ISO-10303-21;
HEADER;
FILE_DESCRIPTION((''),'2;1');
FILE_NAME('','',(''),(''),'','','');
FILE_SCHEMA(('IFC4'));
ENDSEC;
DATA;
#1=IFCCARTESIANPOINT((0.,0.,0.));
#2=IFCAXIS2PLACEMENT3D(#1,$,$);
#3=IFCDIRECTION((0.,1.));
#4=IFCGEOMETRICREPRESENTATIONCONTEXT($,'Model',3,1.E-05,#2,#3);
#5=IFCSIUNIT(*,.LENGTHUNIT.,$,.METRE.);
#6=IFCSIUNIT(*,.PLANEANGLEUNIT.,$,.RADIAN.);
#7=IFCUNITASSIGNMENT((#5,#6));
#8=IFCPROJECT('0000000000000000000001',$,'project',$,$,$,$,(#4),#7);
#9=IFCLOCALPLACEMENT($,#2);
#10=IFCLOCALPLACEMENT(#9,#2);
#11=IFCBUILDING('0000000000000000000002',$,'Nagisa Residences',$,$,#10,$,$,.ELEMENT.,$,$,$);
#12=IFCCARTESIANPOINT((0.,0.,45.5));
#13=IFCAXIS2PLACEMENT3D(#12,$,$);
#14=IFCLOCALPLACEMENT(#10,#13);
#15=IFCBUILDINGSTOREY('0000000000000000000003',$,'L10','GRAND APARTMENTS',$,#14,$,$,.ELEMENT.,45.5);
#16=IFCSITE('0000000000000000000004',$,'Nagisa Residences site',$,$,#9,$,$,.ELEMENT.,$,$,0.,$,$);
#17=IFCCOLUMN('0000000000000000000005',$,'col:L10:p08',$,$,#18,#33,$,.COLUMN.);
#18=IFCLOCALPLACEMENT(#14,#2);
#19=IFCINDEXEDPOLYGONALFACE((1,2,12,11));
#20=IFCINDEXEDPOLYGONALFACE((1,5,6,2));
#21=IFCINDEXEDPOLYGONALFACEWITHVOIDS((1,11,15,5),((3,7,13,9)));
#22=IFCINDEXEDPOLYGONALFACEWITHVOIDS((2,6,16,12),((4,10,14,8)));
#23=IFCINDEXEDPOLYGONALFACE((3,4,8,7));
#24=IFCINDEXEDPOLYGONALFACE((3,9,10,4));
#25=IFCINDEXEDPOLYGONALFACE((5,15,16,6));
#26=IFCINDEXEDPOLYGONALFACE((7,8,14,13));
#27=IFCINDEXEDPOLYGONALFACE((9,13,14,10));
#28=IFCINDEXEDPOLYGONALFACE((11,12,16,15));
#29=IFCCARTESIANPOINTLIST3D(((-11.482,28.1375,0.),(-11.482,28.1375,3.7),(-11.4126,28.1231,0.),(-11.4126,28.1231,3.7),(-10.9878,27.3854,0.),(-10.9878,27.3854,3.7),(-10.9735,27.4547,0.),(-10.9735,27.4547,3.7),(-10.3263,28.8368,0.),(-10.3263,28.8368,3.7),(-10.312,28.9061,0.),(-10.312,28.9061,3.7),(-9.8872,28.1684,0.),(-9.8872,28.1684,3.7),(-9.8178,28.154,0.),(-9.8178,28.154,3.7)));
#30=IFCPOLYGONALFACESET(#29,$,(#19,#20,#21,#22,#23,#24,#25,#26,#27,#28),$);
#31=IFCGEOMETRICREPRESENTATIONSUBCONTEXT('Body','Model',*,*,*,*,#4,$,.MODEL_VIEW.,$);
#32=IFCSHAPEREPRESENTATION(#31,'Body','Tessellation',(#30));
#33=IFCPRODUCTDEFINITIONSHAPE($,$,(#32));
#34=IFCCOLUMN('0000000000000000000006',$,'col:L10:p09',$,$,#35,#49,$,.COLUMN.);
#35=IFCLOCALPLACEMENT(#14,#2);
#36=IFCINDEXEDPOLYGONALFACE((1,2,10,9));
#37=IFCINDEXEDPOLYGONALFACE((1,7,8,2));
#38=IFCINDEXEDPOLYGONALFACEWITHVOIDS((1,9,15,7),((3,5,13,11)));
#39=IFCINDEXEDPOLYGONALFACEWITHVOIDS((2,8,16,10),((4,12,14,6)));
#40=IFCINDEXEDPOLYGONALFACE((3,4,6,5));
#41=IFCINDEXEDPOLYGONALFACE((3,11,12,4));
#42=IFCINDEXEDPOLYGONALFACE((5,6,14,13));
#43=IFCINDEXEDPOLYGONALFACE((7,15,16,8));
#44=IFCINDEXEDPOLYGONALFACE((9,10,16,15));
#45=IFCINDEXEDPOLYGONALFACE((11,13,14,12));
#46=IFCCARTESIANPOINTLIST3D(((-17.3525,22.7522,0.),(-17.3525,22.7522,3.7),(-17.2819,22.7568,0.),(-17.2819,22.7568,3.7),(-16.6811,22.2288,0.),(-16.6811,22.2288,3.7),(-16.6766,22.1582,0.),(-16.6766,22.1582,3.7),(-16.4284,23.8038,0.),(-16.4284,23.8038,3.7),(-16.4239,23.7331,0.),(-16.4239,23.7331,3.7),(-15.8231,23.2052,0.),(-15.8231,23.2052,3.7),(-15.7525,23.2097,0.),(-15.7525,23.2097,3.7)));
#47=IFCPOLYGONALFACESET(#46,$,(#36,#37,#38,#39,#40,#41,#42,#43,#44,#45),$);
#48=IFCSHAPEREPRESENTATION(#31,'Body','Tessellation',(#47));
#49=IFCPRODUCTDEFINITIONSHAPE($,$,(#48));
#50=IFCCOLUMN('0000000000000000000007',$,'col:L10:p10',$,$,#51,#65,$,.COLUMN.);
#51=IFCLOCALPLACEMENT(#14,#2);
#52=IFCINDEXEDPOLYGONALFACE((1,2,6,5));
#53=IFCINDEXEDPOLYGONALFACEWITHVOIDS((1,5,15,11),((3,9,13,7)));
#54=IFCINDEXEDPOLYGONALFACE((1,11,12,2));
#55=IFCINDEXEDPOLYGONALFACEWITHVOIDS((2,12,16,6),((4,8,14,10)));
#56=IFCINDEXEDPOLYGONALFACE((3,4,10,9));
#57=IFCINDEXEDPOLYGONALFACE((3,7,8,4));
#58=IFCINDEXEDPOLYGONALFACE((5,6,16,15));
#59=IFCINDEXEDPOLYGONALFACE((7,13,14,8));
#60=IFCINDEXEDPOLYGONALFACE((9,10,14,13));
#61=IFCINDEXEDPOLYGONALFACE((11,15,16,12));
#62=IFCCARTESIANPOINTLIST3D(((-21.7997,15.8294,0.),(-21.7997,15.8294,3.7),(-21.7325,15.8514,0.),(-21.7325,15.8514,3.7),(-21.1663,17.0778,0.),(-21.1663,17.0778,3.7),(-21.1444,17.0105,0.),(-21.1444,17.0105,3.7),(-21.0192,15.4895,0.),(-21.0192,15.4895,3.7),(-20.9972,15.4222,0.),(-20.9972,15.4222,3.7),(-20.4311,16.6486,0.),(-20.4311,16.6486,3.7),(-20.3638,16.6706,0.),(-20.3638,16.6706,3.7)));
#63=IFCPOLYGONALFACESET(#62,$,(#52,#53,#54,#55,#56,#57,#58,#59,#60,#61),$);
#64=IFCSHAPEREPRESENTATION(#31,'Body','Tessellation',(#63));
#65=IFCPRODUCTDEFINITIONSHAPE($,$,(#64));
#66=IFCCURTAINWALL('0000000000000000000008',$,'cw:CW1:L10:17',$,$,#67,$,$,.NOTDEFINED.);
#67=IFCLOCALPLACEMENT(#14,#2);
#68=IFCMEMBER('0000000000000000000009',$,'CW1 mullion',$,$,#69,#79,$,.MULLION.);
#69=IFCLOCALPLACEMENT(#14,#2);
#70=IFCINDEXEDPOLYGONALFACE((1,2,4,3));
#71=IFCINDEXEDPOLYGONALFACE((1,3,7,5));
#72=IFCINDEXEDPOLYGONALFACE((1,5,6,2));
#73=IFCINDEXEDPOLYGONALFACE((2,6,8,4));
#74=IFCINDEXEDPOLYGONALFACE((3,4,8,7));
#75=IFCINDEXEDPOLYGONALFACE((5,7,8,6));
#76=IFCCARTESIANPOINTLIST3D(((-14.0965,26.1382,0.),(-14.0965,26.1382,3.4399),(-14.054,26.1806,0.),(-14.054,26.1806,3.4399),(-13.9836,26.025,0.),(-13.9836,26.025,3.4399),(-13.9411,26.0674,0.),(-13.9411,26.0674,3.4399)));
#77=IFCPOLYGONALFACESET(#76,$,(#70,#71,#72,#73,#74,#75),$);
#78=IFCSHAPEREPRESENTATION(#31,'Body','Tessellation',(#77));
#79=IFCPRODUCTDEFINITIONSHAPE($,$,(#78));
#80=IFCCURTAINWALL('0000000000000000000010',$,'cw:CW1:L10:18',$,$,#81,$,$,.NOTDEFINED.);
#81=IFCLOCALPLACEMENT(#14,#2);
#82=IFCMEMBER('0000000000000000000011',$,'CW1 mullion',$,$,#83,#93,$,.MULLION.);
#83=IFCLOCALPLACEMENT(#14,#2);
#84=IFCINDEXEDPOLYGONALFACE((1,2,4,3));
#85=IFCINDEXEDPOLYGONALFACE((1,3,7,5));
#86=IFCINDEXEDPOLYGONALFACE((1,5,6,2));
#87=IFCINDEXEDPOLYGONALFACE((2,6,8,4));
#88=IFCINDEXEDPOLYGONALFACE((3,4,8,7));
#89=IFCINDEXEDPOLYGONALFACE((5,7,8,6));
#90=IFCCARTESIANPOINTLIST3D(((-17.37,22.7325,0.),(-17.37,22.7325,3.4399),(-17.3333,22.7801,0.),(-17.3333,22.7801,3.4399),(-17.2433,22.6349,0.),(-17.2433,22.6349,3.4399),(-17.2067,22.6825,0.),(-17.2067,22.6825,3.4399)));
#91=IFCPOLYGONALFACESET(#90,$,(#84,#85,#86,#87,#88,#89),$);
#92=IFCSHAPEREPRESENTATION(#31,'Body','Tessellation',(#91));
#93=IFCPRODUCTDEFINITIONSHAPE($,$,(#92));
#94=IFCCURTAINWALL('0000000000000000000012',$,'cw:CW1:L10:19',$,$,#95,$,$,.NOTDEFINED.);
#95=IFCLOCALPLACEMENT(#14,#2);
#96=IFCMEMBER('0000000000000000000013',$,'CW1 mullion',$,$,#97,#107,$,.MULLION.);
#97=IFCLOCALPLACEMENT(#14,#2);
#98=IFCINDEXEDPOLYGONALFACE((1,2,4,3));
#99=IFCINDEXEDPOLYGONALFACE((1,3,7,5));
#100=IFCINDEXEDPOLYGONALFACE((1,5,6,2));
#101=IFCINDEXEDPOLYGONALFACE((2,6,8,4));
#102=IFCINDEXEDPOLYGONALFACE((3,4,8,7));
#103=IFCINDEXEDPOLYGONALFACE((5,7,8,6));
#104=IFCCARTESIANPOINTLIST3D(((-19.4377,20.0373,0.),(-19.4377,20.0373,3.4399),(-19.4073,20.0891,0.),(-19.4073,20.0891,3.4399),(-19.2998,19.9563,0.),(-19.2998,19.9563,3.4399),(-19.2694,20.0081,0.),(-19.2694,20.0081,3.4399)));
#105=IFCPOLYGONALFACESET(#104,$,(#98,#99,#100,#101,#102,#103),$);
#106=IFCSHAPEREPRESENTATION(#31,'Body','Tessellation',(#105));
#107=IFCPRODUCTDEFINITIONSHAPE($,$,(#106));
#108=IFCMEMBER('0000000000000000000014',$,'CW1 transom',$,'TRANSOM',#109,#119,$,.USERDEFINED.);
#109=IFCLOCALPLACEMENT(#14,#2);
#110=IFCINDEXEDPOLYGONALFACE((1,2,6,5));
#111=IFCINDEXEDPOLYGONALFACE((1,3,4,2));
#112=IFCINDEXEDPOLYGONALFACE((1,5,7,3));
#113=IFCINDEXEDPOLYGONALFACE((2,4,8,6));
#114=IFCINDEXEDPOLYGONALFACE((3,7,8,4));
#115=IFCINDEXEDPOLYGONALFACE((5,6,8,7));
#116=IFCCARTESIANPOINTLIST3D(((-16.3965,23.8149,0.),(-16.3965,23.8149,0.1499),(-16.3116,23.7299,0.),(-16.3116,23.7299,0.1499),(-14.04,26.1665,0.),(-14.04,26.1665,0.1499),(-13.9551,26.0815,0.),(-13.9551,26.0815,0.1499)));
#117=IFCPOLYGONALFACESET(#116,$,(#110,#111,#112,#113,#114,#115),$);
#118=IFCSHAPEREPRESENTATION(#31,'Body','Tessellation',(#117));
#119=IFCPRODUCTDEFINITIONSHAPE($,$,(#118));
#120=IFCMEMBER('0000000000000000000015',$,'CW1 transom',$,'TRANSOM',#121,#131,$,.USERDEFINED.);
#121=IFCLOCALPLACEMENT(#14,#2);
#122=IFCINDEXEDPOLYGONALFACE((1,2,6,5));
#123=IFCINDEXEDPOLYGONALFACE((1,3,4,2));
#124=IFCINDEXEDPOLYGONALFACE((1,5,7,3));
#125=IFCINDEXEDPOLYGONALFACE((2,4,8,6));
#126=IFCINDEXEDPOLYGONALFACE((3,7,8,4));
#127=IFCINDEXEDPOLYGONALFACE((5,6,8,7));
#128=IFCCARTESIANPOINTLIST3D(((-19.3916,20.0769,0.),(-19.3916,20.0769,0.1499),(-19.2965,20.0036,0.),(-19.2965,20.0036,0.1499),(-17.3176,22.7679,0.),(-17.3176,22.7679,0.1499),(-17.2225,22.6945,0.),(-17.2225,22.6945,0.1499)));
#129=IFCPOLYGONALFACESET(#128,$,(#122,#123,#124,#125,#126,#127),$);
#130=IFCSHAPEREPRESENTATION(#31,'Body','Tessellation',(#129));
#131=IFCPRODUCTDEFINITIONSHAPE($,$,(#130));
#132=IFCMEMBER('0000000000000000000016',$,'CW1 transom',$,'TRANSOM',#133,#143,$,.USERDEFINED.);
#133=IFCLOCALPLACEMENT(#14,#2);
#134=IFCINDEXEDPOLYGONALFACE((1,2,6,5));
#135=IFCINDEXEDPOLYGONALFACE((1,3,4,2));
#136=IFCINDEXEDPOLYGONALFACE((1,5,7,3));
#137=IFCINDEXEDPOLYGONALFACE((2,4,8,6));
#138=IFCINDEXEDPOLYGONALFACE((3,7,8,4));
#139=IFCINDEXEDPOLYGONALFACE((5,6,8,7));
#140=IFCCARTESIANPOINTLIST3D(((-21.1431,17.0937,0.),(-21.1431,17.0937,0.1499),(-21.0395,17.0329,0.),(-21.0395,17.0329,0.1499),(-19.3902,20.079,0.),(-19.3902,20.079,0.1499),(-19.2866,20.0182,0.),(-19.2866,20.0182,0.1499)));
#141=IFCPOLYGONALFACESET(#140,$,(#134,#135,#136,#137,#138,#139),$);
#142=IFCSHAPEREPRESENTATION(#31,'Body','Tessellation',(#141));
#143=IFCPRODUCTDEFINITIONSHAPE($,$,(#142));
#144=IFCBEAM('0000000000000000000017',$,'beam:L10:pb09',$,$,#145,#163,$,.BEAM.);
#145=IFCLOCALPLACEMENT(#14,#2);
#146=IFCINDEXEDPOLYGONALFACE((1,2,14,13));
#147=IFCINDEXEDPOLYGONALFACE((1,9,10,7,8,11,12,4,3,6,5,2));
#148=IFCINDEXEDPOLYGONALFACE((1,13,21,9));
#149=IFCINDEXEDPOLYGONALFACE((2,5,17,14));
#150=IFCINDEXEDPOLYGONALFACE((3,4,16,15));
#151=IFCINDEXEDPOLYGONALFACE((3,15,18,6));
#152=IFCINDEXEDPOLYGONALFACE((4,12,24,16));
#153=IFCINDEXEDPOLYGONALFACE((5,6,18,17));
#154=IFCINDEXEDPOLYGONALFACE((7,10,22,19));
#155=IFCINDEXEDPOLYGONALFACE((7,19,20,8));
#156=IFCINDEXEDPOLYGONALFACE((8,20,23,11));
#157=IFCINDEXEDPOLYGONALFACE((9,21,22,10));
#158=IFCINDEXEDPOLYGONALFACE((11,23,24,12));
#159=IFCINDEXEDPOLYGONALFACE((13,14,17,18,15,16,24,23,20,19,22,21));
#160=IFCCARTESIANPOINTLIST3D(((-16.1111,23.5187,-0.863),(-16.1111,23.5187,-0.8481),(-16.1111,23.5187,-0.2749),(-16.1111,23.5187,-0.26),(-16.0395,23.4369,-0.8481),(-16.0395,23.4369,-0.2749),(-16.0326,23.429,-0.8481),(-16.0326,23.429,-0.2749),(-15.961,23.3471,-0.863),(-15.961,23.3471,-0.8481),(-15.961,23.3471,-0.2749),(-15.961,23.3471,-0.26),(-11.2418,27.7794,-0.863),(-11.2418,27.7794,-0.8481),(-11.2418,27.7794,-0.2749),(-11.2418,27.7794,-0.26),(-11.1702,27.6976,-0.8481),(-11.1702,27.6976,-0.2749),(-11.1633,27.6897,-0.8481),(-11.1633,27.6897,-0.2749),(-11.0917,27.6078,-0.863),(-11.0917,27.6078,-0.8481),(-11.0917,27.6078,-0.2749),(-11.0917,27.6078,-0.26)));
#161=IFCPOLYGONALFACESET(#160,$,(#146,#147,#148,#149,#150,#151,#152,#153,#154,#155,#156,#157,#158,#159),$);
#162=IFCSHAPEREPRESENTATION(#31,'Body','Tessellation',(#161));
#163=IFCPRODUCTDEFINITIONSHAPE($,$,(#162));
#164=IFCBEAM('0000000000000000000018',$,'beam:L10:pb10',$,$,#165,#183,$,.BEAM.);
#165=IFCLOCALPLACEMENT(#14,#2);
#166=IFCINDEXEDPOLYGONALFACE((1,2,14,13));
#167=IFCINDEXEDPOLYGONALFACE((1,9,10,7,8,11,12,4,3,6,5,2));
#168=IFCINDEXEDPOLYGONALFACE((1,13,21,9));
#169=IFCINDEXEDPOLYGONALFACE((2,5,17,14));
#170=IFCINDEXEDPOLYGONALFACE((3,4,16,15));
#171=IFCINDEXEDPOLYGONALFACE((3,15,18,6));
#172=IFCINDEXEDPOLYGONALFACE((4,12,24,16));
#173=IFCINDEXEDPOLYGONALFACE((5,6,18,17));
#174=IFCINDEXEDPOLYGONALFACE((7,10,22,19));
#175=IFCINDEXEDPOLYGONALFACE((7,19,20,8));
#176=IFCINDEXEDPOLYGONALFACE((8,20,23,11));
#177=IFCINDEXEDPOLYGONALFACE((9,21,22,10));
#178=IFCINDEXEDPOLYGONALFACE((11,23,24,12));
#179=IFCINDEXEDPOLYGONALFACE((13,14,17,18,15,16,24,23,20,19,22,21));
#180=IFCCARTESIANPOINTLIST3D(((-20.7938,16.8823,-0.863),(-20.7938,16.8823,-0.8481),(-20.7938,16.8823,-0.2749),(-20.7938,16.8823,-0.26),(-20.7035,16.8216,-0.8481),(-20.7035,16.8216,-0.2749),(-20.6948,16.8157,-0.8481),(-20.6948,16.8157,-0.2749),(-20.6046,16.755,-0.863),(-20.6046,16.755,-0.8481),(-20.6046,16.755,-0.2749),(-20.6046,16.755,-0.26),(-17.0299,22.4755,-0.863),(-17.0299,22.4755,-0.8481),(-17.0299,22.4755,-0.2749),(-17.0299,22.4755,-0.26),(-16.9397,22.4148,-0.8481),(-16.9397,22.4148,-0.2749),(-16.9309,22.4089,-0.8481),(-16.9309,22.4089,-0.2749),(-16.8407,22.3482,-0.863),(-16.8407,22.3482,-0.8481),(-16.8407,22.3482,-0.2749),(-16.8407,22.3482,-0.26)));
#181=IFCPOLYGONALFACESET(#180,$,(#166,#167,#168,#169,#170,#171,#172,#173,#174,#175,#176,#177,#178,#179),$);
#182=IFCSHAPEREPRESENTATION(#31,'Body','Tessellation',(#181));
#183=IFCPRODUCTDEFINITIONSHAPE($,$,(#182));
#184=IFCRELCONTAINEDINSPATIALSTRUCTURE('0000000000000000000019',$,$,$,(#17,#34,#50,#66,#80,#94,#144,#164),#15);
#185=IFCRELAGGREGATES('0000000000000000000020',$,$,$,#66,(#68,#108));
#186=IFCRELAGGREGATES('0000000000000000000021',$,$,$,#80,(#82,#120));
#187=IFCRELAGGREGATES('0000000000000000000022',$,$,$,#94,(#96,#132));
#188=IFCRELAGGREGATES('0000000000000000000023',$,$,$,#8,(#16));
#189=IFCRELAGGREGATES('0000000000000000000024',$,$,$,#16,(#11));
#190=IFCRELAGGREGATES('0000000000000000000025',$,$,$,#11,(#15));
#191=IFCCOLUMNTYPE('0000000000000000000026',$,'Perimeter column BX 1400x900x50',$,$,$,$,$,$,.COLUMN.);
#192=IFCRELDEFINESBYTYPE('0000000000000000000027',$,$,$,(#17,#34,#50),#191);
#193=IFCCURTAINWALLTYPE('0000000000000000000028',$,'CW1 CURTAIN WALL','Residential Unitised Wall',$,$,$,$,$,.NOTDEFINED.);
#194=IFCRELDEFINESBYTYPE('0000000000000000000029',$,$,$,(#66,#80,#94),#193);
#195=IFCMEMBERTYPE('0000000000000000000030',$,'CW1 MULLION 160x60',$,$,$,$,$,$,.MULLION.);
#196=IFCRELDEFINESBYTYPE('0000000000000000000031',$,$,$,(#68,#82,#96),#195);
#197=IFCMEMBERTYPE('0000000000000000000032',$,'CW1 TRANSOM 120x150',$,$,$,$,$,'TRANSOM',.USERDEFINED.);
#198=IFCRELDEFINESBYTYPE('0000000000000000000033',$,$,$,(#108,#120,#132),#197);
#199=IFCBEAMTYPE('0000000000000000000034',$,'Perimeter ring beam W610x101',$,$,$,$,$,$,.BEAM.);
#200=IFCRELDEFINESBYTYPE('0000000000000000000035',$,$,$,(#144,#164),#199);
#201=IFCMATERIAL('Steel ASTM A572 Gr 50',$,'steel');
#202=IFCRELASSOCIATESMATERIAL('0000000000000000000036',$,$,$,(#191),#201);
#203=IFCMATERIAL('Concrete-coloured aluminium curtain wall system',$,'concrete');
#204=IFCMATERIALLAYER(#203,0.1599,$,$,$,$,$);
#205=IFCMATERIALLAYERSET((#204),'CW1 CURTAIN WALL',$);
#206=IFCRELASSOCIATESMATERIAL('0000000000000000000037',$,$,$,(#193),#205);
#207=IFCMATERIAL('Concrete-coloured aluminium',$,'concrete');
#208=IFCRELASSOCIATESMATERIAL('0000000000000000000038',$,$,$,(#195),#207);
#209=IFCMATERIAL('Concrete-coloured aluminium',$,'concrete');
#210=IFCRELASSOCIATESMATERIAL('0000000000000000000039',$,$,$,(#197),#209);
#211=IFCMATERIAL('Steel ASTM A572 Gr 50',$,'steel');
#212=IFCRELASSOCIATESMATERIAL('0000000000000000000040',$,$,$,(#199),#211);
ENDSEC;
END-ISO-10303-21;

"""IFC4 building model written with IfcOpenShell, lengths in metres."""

from ifc_helpers import new_model, si_unit, direction, frame, origin, origin_2d, place, context, subcontext, project, spatial, rectangle, hollow_rectangle, i_section, extrude, material, layer, layer_set, material_profile, profile_set, type_object, element, aggregate, save


model = new_model("IFC4")

# Units and contexts
model_context = context("Model", 3, precision=1e-05, world=origin(), true_north=direction((0.0, 1.0)))
body_context = subcontext(model_context, "Body", "Model", "MODEL_VIEW")
ifc_project = project(units=[si_unit("LENGTHUNIT", "METRE"), si_unit("PLANEANGLEUNIT", "RADIAN")], contexts=[model_context])

# Site, building, storey
site_placement = place(None, origin())
site = spatial("IfcSite", under=ifc_project, at=site_placement, Name="Nagisa Residences site", CompositionType="ELEMENT", RefElevation=0.0)
building_placement = place(site_placement, origin())
building = spatial("IfcBuilding", under=site, at=building_placement, Name="Nagisa Residences", CompositionType="ELEMENT")
storey_placement = place(building_placement, frame((0.0, 0.0, 45.5)))
storey = spatial("IfcBuildingStorey", under=building, at=storey_placement, Name="L10", Description="GRAND APARTMENTS", CompositionType="ELEMENT", Elevation=45.5)

# Columns
ifc_material_1 = material(Name="Steel ASTM A572 Gr 50", Category="steel")
ifc_material_profile_1 = material_profile(ifc_material_1, hollow_rectangle(XDim=1.3999, YDim=0.8999, WallThickness=0.05, at=origin_2d()), Name="BX 1400x900x50")
ifc_profile_set_1 = profile_set([ifc_material_profile_1], Name="Steel ASTM A572 Gr 50")
column_type = type_object("IfcColumnType", Name="Perimeter column BX 1400x900x50", PredefinedType="COLUMN", material=ifc_profile_set_1)
for number, where, z_axis, x_axis, name in (
    (1, (-10.6499, 28.1458, 0.0), (0.0, 0.0, 1.0), (-0.835766, -0.549086, 0.0), "col:L10:p08"),
    (2, (-16.5525, 22.981, 0.0), (0.0, 0.0, 1.0), (-0.660115, -0.751165, 0.0), "col:L10:p09"),
    (3, (-21.0818, 16.25, 0.0), (0.0, 0.0, 1.0), (-0.452463, -0.891783, 0.0), "col:L10:p10"),
):
    element("IfcColumn", number, at=place(storey_placement, frame(where, z_axis=z_axis, x_axis=x_axis)), inside=storey, type_object=column_type, Name=name, PredefinedType="COLUMN", context=body_context, shape_type="SweptSolid", body=[
        extrude(hollow_rectangle(XDim=1.3999, YDim=0.8999, WallThickness=0.05, at=origin_2d()), origin(), (0.0, 0.0, 1.0), 3.7),
    ])

# Curtain walls, members
ifc_material_2 = material(Name="Concrete-coloured aluminium curtain wall system", Category="concrete")
ifc_layer_1 = layer(ifc_material_2, 0.1599)
ifc_layer_set_1 = layer_set([ifc_layer_1], Name="CW1 CURTAIN WALL")
curtain_wall_type = type_object("IfcCurtainWallType", Name="CW1 CURTAIN WALL", Description="Residential Unitised Wall", PredefinedType="NOTDEFINED", material=ifc_layer_set_1)
curtain_wall_1_placement = place(storey_placement, origin())
curtain_wall_1 = element("IfcCurtainWall", 4, at=curtain_wall_1_placement, inside=storey, type_object=curtain_wall_type, Name="cw:CW1:L10:17", PredefinedType="NOTDEFINED")
ifc_material_3 = material(Name="Concrete-coloured aluminium", Category="concrete")
ifc_material_profile_2 = material_profile(ifc_material_3, rectangle(XDim=0.1599, YDim=0.0601, at=origin_2d()), Name="CW1 MULLION 160x60")
ifc_profile_set_2 = profile_set([ifc_material_profile_2], Name="Concrete-coloured aluminium")
member_type_1 = type_object("IfcMemberType", Name="CW1 MULLION 160x60", PredefinedType="MULLION", material=ifc_profile_set_2)
member_1_placement = place(storey_placement, frame((-14.0188, 26.1028, 0.0), z_axis=(0.0, 0.0, 1.0), x_axis=(0.706377, -0.707836, 0.0)))
member_1 = element("IfcMember", 5, at=member_1_placement, type_object=member_type_1, Name="CW1 mullion", PredefinedType="MULLION", context=body_context, shape_type="SweptSolid", body=[
    extrude(rectangle(XDim=0.1599, YDim=0.0601, at=origin_2d()), origin(), (0.0, 0.0, 1.0), 3.4399),
])
curtain_wall_2_placement = place(storey_placement, origin())
curtain_wall_2 = element("IfcCurtainWall", 6, at=curtain_wall_2_placement, inside=storey, type_object=curtain_wall_type, Name="cw:CW1:L10:18", PredefinedType="NOTDEFINED")
member_2_placement = place(storey_placement, frame((-17.2883, 22.7075, 0.0), z_axis=(0.0, 0.0, 1.0), x_axis=(0.79207, -0.61043, 0.0)))
member_2 = element("IfcMember", 7, at=member_2_placement, type_object=member_type_1, Name="CW1 mullion", PredefinedType="MULLION", context=body_context, shape_type="SweptSolid", body=[
    extrude(rectangle(XDim=0.1599, YDim=0.0601, at=origin_2d()), origin(), (0.0, 0.0, 1.0), 3.4399),
])
curtain_wall_3_placement = place(storey_placement, origin())
curtain_wall_3 = element("IfcCurtainWall", 8, at=curtain_wall_3_placement, inside=storey, type_object=curtain_wall_type, Name="cw:CW1:L10:19", PredefinedType="NOTDEFINED")
member_3_placement = place(storey_placement, frame((-19.3535, 20.0227, 0.0), z_axis=(0.0, 0.0, 1.0), x_axis=(0.862329, -0.506349, 0.0)))
member_3 = element("IfcMember", 9, at=member_3_placement, type_object=member_type_1, Name="CW1 mullion", PredefinedType="MULLION", context=body_context, shape_type="SweptSolid", body=[
    extrude(rectangle(XDim=0.1599, YDim=0.0601, at=origin_2d()), origin(), (0.0, 0.0, 1.0), 3.4399),
])

# Members
ifc_material_4 = material(Name="Concrete-coloured aluminium", Category="concrete")
ifc_material_profile_3 = material_profile(ifc_material_4, rectangle(XDim=0.1201, YDim=0.1499, at=origin_2d()), Name="CW1 TRANSOM 120x150")
ifc_profile_set_3 = profile_set([ifc_material_profile_3], Name="Concrete-coloured aluminium")
member_type_2 = type_object("IfcMemberType", Name="CW1 TRANSOM 120x150", ElementType="TRANSOM", PredefinedType="USERDEFINED", material=ifc_profile_set_3)
member_4_placement = place(storey_placement, frame((-13.9976, 26.124, 0.075), z_axis=(-0.70784, -0.706373, 0.0), x_axis=(0.706373, -0.70784, 0.0)))
member_4 = element("IfcMember", 10, at=member_4_placement, type_object=member_type_2, Name="CW1 transom", ObjectType="TRANSOM", PredefinedType="USERDEFINED", context=body_context, shape_type="SweptSolid", body=[
    extrude(rectangle(XDim=0.1201, YDim=0.1499, at=origin_2d()), origin(), (0.0, 0.0, 1.0), 3.3291),
])
member_5_placement = place(storey_placement, frame((-17.27, 22.7312, 0.075), z_axis=(-0.610457, -0.792049, 0.0), x_axis=(0.792049, -0.610457, 0.0)))
member_5 = element("IfcMember", 11, at=member_5_placement, type_object=member_type_2, Name="CW1 transom", ObjectType="TRANSOM", PredefinedType="USERDEFINED", context=body_context, shape_type="SweptSolid", body=[
    extrude(rectangle(XDim=0.1201, YDim=0.1499, at=origin_2d()), origin(), (0.0, 0.0, 1.0), 3.3975),
])
member_6_placement = place(storey_placement, frame((-19.3384, 20.0486, 0.075), z_axis=(-0.506342, -0.862333, 0.0), x_axis=(0.862333, -0.506342, 0.0)))
member_6 = element("IfcMember", 12, at=member_6_placement, type_object=member_type_2, Name="CW1 transom", ObjectType="TRANSOM", PredefinedType="USERDEFINED", context=body_context, shape_type="SweptSolid", body=[
    extrude(rectangle(XDim=0.1201, YDim=0.1499, at=origin_2d()), origin(), (0.0, 0.0, 1.0), 3.4619),
])

# Beams
ifc_material_5 = material(Name="Steel ASTM A572 Gr 50", Category="steel")
ifc_material_profile_4 = material_profile(ifc_material_5, i_section(OverallWidth=0.228, OverallDepth=0.603, WebThickness=0.0105, FlangeThickness=0.0149, at=origin_2d()), Name="W610x101")
ifc_profile_set_4 = profile_set([ifc_material_profile_4], Name="Steel ASTM A572 Gr 50")
beam_type_1 = type_object("IfcBeamType", Name="Perimeter ring beam W610x101", PredefinedType="BEAM", material=ifc_profile_set_4)
beam_1_placement = place(storey_placement, frame((-11.1667, 27.6936, -0.5615), z_axis=(-0.752574, -0.658507, 0.0), x_axis=(0.658507, -0.752574, 0.0)))
element("IfcBeam", 13, at=beam_1_placement, inside=storey, type_object=beam_type_1, Name="beam:L10:pb09", PredefinedType="BEAM", context=body_context, shape_type="SweptSolid", body=[
    extrude(i_section(OverallWidth=0.228, OverallDepth=0.603, WebThickness=0.0105, FlangeThickness=0.0149, at=origin_2d()), origin(), (0.0, 0.0, 1.0), 6.4702),
])
beam_2_placement = place(storey_placement, frame((-16.9353, 22.4119, -0.5615), z_axis=(-0.558297, -0.829641, 0.0), x_axis=(0.829641, -0.558297, 0.0)))
element("IfcBeam", 14, at=beam_2_placement, inside=storey, type_object=beam_type_1, Name="beam:L10:pb10", PredefinedType="BEAM", context=body_context, shape_type="SweptSolid", body=[
    extrude(i_section(OverallWidth=0.228, OverallDepth=0.603, WebThickness=0.0105, FlangeThickness=0.0149, at=origin_2d()), origin(), (0.0, 0.0, 1.0), 6.7417),
])

aggregate(curtain_wall_1, [member_1, member_4])
aggregate(curtain_wall_2, [member_2, member_5])
aggregate(curtain_wall_3, [member_3, member_6])

save(model, "model.ifc")
